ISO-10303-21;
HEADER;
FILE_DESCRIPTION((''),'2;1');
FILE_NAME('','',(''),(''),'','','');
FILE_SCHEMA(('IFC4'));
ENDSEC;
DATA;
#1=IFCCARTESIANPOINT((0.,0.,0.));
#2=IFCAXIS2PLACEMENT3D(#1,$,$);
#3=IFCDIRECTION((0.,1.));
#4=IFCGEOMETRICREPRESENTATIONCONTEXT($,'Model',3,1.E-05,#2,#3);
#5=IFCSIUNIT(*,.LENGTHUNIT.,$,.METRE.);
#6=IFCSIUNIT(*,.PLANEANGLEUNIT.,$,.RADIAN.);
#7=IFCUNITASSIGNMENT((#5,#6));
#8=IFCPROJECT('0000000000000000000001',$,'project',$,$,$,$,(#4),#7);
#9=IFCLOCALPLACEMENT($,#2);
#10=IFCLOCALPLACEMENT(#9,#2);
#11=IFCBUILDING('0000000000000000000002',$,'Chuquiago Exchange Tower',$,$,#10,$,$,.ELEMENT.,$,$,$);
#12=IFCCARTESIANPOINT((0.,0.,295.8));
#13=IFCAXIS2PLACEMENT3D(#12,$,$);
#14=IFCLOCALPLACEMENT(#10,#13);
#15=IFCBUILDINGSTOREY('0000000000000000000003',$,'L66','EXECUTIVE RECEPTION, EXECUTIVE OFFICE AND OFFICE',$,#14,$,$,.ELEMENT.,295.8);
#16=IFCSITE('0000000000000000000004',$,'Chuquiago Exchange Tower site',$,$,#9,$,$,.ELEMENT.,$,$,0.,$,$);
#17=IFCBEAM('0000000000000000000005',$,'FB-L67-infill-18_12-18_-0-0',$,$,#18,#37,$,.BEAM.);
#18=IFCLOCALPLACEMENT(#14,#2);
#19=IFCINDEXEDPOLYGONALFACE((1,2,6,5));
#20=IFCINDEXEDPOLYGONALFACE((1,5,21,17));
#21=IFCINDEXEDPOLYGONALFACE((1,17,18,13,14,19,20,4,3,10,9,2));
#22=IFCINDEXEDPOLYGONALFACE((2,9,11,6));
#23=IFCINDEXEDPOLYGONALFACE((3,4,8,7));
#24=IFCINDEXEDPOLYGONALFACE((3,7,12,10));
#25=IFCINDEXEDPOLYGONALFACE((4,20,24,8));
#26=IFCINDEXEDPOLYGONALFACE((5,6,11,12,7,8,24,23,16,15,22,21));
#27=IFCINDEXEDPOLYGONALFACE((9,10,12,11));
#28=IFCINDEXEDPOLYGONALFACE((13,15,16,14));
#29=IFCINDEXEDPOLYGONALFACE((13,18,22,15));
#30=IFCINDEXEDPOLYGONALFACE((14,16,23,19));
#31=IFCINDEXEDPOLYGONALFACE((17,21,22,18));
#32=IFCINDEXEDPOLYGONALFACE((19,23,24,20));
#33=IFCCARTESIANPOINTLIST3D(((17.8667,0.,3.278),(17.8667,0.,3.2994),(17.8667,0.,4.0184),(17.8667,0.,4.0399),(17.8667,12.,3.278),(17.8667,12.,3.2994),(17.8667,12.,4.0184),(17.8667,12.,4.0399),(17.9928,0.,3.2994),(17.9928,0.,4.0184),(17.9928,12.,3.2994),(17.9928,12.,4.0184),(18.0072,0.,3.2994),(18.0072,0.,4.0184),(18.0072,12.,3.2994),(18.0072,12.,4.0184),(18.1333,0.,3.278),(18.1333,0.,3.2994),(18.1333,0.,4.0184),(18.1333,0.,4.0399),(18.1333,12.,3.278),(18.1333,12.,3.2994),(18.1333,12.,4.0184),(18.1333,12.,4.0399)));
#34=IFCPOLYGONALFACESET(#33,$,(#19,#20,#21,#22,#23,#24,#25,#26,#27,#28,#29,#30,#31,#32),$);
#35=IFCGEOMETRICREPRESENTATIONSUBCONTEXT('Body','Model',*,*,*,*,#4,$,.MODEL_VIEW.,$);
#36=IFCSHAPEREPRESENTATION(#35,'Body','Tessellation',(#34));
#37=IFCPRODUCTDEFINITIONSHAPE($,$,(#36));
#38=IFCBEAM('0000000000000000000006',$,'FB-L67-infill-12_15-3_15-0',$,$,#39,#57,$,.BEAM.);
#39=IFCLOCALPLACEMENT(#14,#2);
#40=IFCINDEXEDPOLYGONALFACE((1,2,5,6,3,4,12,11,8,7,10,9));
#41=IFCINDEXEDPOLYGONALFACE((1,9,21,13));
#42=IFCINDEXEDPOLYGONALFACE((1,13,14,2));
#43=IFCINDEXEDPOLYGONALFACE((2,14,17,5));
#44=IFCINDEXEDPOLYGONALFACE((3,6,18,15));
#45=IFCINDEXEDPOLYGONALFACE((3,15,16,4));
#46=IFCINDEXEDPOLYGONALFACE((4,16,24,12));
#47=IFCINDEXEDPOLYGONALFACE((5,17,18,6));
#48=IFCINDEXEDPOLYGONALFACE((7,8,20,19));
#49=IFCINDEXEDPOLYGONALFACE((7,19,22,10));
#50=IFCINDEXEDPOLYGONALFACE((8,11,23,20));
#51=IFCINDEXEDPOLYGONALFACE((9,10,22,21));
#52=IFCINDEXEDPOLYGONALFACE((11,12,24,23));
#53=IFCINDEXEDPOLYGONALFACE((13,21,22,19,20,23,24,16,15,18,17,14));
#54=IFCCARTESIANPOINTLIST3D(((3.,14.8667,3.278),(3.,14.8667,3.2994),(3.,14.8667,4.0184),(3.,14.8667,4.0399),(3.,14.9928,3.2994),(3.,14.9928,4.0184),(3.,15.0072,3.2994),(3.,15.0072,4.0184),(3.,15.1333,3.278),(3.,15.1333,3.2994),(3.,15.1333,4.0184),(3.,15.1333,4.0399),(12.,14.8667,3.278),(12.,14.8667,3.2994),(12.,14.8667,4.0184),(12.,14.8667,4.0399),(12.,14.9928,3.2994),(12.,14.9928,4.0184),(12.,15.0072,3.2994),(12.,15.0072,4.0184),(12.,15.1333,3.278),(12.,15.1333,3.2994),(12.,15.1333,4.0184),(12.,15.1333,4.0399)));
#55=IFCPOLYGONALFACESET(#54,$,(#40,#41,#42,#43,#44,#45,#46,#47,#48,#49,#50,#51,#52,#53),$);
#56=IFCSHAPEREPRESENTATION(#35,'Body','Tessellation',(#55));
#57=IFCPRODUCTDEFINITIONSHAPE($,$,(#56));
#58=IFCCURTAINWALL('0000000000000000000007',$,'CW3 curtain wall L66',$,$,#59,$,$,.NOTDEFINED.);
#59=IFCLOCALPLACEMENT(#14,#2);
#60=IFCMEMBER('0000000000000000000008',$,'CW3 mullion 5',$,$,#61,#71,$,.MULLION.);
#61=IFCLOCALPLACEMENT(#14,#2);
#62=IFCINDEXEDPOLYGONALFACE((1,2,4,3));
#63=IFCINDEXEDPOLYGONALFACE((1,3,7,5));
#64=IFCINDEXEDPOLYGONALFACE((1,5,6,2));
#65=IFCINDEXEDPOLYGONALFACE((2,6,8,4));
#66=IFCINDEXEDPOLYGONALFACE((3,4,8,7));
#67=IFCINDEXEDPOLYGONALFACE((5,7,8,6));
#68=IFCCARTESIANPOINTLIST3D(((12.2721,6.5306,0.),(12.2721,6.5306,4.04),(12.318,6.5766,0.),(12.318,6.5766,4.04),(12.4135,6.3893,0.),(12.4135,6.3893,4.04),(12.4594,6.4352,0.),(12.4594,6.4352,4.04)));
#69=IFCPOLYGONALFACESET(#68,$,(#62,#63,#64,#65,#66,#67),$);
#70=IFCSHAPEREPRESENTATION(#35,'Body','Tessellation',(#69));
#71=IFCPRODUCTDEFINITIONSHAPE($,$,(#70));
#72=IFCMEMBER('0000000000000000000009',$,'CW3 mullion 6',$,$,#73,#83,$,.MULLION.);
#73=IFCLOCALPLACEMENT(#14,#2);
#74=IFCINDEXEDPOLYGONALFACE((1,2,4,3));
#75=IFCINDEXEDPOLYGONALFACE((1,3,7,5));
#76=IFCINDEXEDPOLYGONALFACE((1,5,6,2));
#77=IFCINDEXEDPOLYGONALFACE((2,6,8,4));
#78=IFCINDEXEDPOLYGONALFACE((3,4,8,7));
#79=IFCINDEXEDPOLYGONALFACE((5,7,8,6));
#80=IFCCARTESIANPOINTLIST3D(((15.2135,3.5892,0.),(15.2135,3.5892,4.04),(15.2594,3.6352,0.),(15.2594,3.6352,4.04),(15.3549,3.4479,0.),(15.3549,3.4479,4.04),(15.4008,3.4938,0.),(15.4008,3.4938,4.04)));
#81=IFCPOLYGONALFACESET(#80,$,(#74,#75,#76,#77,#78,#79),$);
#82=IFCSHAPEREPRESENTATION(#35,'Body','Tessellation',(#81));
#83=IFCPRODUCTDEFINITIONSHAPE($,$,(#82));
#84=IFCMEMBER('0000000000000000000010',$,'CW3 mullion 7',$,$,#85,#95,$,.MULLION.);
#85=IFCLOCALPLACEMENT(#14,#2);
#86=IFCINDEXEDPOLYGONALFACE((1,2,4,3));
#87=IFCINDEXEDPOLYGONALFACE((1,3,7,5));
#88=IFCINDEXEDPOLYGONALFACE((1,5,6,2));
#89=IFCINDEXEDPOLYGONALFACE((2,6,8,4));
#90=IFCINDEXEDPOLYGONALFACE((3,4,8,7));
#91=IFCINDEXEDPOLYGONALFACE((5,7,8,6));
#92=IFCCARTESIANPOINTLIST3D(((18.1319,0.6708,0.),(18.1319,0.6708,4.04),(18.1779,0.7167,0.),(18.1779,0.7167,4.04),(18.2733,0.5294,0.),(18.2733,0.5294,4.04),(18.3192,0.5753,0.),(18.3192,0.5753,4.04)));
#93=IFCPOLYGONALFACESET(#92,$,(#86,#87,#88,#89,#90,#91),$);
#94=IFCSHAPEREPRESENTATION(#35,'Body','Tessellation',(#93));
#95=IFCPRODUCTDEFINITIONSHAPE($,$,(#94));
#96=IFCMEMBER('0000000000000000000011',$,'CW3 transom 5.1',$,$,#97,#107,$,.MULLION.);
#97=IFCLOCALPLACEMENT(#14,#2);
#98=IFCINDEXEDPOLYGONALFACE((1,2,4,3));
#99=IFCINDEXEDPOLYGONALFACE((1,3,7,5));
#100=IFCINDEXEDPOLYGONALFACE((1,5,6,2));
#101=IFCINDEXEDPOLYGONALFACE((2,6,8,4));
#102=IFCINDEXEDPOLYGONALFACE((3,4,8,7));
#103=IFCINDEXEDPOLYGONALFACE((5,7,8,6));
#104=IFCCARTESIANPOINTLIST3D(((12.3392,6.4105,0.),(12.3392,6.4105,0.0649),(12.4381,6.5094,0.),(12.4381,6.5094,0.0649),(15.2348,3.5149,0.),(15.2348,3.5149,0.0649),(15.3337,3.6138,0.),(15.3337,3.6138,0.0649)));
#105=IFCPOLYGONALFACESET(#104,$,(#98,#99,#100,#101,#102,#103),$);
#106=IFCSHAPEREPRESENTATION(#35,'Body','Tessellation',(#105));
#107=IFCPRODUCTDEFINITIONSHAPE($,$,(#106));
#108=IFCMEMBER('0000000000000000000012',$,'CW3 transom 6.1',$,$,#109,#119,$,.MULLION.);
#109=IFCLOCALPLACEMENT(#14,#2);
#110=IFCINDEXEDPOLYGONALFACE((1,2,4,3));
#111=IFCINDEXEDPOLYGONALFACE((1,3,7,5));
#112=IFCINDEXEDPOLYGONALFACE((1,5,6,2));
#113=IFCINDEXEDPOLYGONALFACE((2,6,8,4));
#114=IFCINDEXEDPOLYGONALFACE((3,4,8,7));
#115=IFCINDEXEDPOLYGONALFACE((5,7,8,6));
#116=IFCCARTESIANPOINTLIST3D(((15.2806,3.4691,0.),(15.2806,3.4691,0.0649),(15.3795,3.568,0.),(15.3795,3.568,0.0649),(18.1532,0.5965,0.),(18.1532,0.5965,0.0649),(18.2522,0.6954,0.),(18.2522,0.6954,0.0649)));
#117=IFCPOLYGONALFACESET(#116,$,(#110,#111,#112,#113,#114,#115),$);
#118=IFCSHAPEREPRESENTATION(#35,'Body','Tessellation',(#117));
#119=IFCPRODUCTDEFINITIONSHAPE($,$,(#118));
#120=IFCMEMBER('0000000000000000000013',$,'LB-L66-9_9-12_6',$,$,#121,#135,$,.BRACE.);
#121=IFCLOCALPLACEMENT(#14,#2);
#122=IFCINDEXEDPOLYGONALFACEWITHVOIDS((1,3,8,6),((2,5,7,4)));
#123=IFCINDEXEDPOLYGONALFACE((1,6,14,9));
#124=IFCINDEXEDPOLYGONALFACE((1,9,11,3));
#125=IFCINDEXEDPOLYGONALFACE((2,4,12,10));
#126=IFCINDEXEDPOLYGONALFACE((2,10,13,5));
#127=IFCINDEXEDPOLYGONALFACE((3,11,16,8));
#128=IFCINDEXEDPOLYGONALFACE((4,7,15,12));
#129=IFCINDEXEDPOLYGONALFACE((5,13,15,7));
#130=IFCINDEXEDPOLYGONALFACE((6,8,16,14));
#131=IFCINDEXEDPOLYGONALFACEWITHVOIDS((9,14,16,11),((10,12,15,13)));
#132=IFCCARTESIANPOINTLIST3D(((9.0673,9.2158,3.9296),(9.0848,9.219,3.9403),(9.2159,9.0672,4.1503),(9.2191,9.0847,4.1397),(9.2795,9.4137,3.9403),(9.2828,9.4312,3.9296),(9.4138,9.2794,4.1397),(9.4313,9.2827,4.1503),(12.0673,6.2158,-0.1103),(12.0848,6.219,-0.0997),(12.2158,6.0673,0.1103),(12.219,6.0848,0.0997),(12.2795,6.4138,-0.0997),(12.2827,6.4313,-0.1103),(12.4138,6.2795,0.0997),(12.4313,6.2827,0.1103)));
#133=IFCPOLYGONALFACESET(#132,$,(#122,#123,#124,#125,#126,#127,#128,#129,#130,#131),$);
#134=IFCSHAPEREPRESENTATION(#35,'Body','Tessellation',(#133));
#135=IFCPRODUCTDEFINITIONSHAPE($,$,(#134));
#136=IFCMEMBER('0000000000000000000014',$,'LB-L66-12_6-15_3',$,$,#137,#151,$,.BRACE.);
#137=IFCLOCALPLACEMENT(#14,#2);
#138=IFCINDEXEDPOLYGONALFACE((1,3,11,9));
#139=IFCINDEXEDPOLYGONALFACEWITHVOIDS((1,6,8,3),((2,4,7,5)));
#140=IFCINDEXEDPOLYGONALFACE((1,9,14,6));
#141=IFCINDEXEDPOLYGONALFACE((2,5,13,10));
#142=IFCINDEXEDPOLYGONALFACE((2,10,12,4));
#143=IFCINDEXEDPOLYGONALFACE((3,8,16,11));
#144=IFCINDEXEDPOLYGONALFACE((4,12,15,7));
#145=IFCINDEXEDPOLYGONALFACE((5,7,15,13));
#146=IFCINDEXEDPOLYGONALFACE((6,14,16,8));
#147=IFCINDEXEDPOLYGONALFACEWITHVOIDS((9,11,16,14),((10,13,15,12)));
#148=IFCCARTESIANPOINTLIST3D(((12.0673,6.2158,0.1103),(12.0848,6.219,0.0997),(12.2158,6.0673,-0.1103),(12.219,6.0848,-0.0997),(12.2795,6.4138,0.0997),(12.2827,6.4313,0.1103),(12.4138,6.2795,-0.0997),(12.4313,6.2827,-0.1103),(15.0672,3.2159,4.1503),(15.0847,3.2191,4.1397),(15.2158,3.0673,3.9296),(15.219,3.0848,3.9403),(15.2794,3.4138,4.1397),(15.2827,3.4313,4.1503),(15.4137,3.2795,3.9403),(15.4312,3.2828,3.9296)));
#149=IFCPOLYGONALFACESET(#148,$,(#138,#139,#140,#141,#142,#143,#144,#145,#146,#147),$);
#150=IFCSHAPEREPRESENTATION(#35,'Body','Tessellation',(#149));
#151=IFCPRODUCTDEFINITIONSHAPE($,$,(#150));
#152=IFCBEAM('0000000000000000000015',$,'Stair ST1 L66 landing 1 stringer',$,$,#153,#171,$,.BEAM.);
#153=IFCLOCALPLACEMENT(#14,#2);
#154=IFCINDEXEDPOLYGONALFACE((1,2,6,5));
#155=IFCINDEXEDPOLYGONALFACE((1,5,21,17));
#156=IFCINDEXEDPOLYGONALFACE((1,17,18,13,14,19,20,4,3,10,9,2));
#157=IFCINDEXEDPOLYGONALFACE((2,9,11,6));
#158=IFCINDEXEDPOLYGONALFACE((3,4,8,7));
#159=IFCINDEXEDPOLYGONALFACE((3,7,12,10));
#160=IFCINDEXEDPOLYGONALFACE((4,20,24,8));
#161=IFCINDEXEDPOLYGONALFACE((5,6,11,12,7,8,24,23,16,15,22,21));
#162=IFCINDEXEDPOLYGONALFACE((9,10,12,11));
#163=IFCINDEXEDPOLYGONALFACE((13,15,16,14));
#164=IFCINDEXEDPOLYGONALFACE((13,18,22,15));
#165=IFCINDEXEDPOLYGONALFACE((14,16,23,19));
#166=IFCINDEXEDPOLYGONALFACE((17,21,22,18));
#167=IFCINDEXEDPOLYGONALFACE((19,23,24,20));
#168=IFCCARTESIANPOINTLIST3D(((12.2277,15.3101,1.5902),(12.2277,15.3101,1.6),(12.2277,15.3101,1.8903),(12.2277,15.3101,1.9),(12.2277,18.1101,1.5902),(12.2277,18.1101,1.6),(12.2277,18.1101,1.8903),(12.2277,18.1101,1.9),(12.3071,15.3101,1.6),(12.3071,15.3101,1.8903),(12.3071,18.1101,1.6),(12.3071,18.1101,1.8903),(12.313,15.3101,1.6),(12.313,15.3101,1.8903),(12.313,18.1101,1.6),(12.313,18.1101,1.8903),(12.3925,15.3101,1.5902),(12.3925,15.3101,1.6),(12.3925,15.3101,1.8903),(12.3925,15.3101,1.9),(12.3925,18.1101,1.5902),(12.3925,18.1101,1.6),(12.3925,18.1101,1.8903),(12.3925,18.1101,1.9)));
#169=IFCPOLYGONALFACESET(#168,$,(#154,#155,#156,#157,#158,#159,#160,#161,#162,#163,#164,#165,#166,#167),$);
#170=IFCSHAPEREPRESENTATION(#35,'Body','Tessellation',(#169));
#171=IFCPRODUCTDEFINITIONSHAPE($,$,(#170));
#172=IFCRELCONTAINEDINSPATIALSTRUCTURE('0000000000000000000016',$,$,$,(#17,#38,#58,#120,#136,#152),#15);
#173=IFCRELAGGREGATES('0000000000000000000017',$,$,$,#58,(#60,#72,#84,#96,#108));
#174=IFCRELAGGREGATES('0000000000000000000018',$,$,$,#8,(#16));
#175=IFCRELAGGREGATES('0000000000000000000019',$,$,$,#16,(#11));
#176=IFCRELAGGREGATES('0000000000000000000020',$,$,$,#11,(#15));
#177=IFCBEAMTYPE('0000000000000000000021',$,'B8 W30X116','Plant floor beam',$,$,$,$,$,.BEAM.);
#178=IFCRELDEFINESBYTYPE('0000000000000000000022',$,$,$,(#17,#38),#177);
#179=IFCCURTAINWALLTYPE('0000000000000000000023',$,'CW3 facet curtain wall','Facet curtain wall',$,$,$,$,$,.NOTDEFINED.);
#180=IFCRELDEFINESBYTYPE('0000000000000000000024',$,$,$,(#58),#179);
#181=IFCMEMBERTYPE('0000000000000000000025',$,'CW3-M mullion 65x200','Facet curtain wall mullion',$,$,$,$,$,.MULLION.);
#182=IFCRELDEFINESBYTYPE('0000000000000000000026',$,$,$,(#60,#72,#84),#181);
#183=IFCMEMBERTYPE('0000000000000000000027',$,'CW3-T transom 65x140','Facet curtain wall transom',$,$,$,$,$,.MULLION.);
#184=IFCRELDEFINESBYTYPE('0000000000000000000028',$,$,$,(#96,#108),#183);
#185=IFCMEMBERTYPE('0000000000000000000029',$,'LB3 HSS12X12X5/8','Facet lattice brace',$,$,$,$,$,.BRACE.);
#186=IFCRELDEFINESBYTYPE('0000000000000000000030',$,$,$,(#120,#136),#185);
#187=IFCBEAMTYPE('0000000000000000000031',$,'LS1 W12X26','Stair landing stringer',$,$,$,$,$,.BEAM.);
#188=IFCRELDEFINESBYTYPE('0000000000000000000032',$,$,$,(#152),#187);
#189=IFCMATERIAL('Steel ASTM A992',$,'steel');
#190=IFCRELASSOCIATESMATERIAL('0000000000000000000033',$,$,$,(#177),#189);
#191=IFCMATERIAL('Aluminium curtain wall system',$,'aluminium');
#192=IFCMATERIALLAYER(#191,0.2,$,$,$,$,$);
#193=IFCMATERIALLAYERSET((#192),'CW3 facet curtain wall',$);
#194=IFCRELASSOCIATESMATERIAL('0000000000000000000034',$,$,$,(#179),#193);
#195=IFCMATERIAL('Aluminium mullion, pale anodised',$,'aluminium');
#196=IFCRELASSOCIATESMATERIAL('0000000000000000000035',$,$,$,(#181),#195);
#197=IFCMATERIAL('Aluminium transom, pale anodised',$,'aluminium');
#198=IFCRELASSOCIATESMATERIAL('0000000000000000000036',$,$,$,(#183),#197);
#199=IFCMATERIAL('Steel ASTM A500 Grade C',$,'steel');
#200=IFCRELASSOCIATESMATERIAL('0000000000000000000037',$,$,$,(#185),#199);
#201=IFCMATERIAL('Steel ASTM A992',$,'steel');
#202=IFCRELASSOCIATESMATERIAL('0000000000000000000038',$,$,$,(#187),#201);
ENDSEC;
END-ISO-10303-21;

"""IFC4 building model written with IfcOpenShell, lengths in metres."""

from ifc_helpers import new_model, si_unit, direction, frame, origin, origin_2d, place, context, subcontext, project, spatial, rectangle, hollow_rectangle, i_section, extrude, material, layer, layer_set, material_profile, profile_set, type_object, element, aggregate, save


model = new_model("IFC4")

# Units and contexts
model_context = context("Model", 3, precision=1e-05, world=origin(), true_north=direction((0.0, 1.0)))
body_context = subcontext(model_context, "Body", "Model", "MODEL_VIEW")
ifc_project = project(units=[si_unit("LENGTHUNIT", "METRE"), si_unit("PLANEANGLEUNIT", "RADIAN")], contexts=[model_context])

# Site, building, storey
site_placement = place(None, origin())
site = spatial("IfcSite", under=ifc_project, at=site_placement, Name="Chuquiago Exchange Tower site", CompositionType="ELEMENT", RefElevation=0.0)
building_placement = place(site_placement, origin())
building = spatial("IfcBuilding", under=site, at=building_placement, Name="Chuquiago Exchange Tower", CompositionType="ELEMENT")
storey_placement = place(building_placement, frame((0.0, 0.0, 295.8)))
storey = spatial("IfcBuildingStorey", under=building, at=storey_placement, Name="L66", Description="EXECUTIVE RECEPTION, EXECUTIVE OFFICE AND OFFICE", CompositionType="ELEMENT", Elevation=295.8)

# Beams
ifc_material_1 = material(Name="Steel ASTM A992", Category="steel")
ifc_material_profile_1 = material_profile(ifc_material_1, i_section(OverallWidth=0.2666, OverallDepth=0.762, WebThickness=0.0144, FlangeThickness=0.0215, at=origin_2d()), Name="W30X116")
ifc_profile_set_1 = profile_set([ifc_material_profile_1], Name="Steel ASTM A992")
beam_type_1 = type_object("IfcBeamType", Name="B8 W30X116", Description="Plant floor beam", PredefinedType="BEAM", material=ifc_profile_set_1)
beam_1_placement = place(storey_placement, frame((18.0, 12.0, 3.6589), z_axis=(0.0, -1.0, 0.0), x_axis=(1.0, 0.0, 0.0)))
element("IfcBeam", 1, at=beam_1_placement, inside=storey, type_object=beam_type_1, Name="FB-L67-infill-18_12-18_-0-0", PredefinedType="BEAM", context=body_context, shape_type="SweptSolid", body=[
    extrude(i_section(OverallWidth=0.2666, OverallDepth=0.762, WebThickness=0.0144, FlangeThickness=0.0215, at=origin_2d()), origin(), (0.0, 0.0, 1.0), 12.0),
])
beam_2_placement = place(storey_placement, frame((12.0, 15.0, 3.6589), z_axis=(-1.0, 0.0, 0.0), x_axis=(0.0, -1.0, 0.0)))
element("IfcBeam", 2, at=beam_2_placement, inside=storey, type_object=beam_type_1, Name="FB-L67-infill-12_15-3_15-0", PredefinedType="BEAM", context=body_context, shape_type="SweptSolid", body=[
    extrude(i_section(OverallWidth=0.2666, OverallDepth=0.762, WebThickness=0.0144, FlangeThickness=0.0215, at=origin_2d()), origin(), (0.0, 0.0, 1.0), 9.0),
])

# Curtain wall, members
ifc_material_2 = material(Name="Aluminium curtain wall system", Category="aluminium")
ifc_layer_1 = layer(ifc_material_2, 0.2)
ifc_layer_set_1 = layer_set([ifc_layer_1], Name="CW3 facet curtain wall")
curtain_wall_type = type_object("IfcCurtainWallType", Name="CW3 facet curtain wall", Description="Facet curtain wall", PredefinedType="NOTDEFINED", material=ifc_layer_set_1)
curtain_wall_placement = place(storey_placement, origin())
curtain_wall = element("IfcCurtainWall", 3, at=curtain_wall_placement, inside=storey, type_object=curtain_wall_type, Name="CW3 curtain wall L66", PredefinedType="NOTDEFINED")
ifc_material_3 = material(Name="Aluminium mullion, pale anodised", Category="aluminium")
ifc_material_profile_2 = material_profile(ifc_material_3, rectangle(XDim=0.0649, YDim=0.2, at=origin_2d()), Name="AL 65x200")
ifc_profile_set_2 = profile_set([ifc_material_profile_2], Name="Aluminium mullion, pale anodised")
member_type_1 = type_object("IfcMemberType", Name="CW3-M mullion 65x200", Description="Facet curtain wall mullion", PredefinedType="MULLION", material=ifc_profile_set_2)
member_1_placement = place(storey_placement, frame((12.3657, 6.4829, 0.0), z_axis=(0.0, 0.0, 1.0), x_axis=(0.707107, 0.707107, 0.0)))
member_1 = element("IfcMember", 4, at=member_1_placement, type_object=member_type_1, Name="CW3 mullion 5", PredefinedType="MULLION", context=body_context, shape_type="SweptSolid", body=[
    extrude(rectangle(XDim=0.0649, YDim=0.2, at=origin_2d()), origin(), (0.0, 0.0, 1.0), 4.04),
])
member_2_placement = place(storey_placement, frame((15.3071, 3.5415, 0.0), z_axis=(0.0, 0.0, 1.0), x_axis=(0.707107, 0.707107, 0.0)))
member_2 = element("IfcMember", 5, at=member_2_placement, type_object=member_type_1, Name="CW3 mullion 6", PredefinedType="MULLION", context=body_context, shape_type="SweptSolid", body=[
    extrude(rectangle(XDim=0.0649, YDim=0.2, at=origin_2d()), origin(), (0.0, 0.0, 1.0), 4.04),
])
member_3_placement = place(storey_placement, frame((18.2256, 0.623, 0.0), z_axis=(0.0, 0.0, 1.0), x_axis=(0.707107, 0.707107, 0.0)))
member_3 = element("IfcMember", 6, at=member_3_placement, type_object=member_type_1, Name="CW3 mullion 7", PredefinedType="MULLION", context=body_context, shape_type="SweptSolid", body=[
    extrude(rectangle(XDim=0.0649, YDim=0.2, at=origin_2d()), origin(), (0.0, 0.0, 1.0), 4.04),
])
ifc_material_4 = material(Name="Aluminium transom, pale anodised", Category="aluminium")
ifc_material_profile_3 = material_profile(ifc_material_4, rectangle(XDim=0.1399, YDim=0.0649, at=origin_2d()), Name="AL 140x65")
ifc_profile_set_3 = profile_set([ifc_material_profile_3], Name="Aluminium transom, pale anodised")
member_type_2 = type_object("IfcMemberType", Name="CW3-T transom 65x140", Description="Facet curtain wall transom", PredefinedType="MULLION", material=ifc_profile_set_3)
member_4_placement = place(storey_placement, frame((12.3887, 6.46, 0.0325), z_axis=(0.707107, -0.707107, 0.0), x_axis=(0.707107, 0.707107, 0.0)))
member_4 = element("IfcMember", 7, at=member_4_placement, type_object=member_type_2, Name="CW3 transom 5.1", PredefinedType="MULLION", context=body_context, shape_type="SweptSolid", body=[
    extrude(rectangle(XDim=0.1399, YDim=0.0649, at=origin_2d()), origin(), (0.0, 0.0, 1.0), 4.095),
])
member_5_placement = place(storey_placement, frame((15.3301, 3.5186, 0.0325), z_axis=(0.707107, -0.707107, 0.0), x_axis=(0.707107, 0.707107, 0.0)))
member_5 = element("IfcMember", 8, at=member_5_placement, type_object=member_type_2, Name="CW3 transom 6.1", PredefinedType="MULLION", context=body_context, shape_type="SweptSolid", body=[
    extrude(rectangle(XDim=0.1399, YDim=0.0649, at=origin_2d()), origin(), (0.0, 0.0, 1.0), 4.0625),
])

# Members
ifc_material_5 = material(Name="Steel ASTM A500 Grade C", Category="steel")
ifc_material_profile_4 = material_profile(ifc_material_5, hollow_rectangle(XDim=0.3047, YDim=0.3047, WallThickness=0.0146, at=origin_2d()), Name="HSS12X12X5/8")
ifc_profile_set_4 = profile_set([ifc_material_profile_4], Name="Steel ASTM A500 Grade C")
member_type_3 = type_object("IfcMemberType", Name="LB3 HSS12X12X5/8", Description="Facet lattice brace", PredefinedType="BRACE", material=ifc_profile_set_4)
for number, where, z_axis, x_axis, name in (
    (9, (12.2493, 6.2493, 0.0), (-0.512077, 0.512077, 0.689604), (-0.707107, -0.707107, 0.0), "LB-L66-9_9-12_6"),
    (10, (12.2493, 6.2493, 0.0), (0.512077, -0.512077, 0.689604), (0.707107, 0.707107, 0.0), "LB-L66-12_6-15_3"),
):
    element("IfcMember", number, at=place(storey_placement, frame(where, z_axis=z_axis, x_axis=x_axis)), inside=storey, type_object=member_type_3, Name=name, PredefinedType="BRACE", context=body_context, shape_type="SweptSolid", body=[
        extrude(hollow_rectangle(XDim=0.3047, YDim=0.3047, WallThickness=0.0146, at=origin_2d()), origin(), (0.0, 0.0, 1.0), 5.8584),
    ])

# Beam
ifc_material_6 = material(Name="Steel ASTM A992", Category="steel")
ifc_material_profile_5 = material_profile(ifc_material_6, i_section(OverallWidth=0.1648, OverallDepth=0.3098, WebThickness=0.0059, FlangeThickness=0.0098, at=origin_2d()), Name="W12X26")
ifc_profile_set_5 = profile_set([ifc_material_profile_5], Name="Steel ASTM A992")
beam_type_2 = type_object("IfcBeamType", Name="LS1 W12X26", Description="Stair landing stringer", PredefinedType="BEAM", material=ifc_profile_set_5)
beam_3_placement = place(storey_placement, frame((12.3101, 15.3101, 1.7451), z_axis=(0.0, 1.0, 0.0), x_axis=(-1.0, 0.0, 0.0)))
element("IfcBeam", 11, at=beam_3_placement, inside=storey, type_object=beam_type_2, Name="Stair ST1 L66 landing 1 stringer", PredefinedType="BEAM", context=body_context, shape_type="SweptSolid", body=[
    extrude(i_section(OverallWidth=0.1648, OverallDepth=0.3098, WebThickness=0.0059, FlangeThickness=0.0098, at=origin_2d()), origin(), (0.0, 0.0, 1.0), 2.8),
])

aggregate(curtain_wall, [member_1, member_2, member_3, member_4, member_5])

save(model, "model.ifc")
